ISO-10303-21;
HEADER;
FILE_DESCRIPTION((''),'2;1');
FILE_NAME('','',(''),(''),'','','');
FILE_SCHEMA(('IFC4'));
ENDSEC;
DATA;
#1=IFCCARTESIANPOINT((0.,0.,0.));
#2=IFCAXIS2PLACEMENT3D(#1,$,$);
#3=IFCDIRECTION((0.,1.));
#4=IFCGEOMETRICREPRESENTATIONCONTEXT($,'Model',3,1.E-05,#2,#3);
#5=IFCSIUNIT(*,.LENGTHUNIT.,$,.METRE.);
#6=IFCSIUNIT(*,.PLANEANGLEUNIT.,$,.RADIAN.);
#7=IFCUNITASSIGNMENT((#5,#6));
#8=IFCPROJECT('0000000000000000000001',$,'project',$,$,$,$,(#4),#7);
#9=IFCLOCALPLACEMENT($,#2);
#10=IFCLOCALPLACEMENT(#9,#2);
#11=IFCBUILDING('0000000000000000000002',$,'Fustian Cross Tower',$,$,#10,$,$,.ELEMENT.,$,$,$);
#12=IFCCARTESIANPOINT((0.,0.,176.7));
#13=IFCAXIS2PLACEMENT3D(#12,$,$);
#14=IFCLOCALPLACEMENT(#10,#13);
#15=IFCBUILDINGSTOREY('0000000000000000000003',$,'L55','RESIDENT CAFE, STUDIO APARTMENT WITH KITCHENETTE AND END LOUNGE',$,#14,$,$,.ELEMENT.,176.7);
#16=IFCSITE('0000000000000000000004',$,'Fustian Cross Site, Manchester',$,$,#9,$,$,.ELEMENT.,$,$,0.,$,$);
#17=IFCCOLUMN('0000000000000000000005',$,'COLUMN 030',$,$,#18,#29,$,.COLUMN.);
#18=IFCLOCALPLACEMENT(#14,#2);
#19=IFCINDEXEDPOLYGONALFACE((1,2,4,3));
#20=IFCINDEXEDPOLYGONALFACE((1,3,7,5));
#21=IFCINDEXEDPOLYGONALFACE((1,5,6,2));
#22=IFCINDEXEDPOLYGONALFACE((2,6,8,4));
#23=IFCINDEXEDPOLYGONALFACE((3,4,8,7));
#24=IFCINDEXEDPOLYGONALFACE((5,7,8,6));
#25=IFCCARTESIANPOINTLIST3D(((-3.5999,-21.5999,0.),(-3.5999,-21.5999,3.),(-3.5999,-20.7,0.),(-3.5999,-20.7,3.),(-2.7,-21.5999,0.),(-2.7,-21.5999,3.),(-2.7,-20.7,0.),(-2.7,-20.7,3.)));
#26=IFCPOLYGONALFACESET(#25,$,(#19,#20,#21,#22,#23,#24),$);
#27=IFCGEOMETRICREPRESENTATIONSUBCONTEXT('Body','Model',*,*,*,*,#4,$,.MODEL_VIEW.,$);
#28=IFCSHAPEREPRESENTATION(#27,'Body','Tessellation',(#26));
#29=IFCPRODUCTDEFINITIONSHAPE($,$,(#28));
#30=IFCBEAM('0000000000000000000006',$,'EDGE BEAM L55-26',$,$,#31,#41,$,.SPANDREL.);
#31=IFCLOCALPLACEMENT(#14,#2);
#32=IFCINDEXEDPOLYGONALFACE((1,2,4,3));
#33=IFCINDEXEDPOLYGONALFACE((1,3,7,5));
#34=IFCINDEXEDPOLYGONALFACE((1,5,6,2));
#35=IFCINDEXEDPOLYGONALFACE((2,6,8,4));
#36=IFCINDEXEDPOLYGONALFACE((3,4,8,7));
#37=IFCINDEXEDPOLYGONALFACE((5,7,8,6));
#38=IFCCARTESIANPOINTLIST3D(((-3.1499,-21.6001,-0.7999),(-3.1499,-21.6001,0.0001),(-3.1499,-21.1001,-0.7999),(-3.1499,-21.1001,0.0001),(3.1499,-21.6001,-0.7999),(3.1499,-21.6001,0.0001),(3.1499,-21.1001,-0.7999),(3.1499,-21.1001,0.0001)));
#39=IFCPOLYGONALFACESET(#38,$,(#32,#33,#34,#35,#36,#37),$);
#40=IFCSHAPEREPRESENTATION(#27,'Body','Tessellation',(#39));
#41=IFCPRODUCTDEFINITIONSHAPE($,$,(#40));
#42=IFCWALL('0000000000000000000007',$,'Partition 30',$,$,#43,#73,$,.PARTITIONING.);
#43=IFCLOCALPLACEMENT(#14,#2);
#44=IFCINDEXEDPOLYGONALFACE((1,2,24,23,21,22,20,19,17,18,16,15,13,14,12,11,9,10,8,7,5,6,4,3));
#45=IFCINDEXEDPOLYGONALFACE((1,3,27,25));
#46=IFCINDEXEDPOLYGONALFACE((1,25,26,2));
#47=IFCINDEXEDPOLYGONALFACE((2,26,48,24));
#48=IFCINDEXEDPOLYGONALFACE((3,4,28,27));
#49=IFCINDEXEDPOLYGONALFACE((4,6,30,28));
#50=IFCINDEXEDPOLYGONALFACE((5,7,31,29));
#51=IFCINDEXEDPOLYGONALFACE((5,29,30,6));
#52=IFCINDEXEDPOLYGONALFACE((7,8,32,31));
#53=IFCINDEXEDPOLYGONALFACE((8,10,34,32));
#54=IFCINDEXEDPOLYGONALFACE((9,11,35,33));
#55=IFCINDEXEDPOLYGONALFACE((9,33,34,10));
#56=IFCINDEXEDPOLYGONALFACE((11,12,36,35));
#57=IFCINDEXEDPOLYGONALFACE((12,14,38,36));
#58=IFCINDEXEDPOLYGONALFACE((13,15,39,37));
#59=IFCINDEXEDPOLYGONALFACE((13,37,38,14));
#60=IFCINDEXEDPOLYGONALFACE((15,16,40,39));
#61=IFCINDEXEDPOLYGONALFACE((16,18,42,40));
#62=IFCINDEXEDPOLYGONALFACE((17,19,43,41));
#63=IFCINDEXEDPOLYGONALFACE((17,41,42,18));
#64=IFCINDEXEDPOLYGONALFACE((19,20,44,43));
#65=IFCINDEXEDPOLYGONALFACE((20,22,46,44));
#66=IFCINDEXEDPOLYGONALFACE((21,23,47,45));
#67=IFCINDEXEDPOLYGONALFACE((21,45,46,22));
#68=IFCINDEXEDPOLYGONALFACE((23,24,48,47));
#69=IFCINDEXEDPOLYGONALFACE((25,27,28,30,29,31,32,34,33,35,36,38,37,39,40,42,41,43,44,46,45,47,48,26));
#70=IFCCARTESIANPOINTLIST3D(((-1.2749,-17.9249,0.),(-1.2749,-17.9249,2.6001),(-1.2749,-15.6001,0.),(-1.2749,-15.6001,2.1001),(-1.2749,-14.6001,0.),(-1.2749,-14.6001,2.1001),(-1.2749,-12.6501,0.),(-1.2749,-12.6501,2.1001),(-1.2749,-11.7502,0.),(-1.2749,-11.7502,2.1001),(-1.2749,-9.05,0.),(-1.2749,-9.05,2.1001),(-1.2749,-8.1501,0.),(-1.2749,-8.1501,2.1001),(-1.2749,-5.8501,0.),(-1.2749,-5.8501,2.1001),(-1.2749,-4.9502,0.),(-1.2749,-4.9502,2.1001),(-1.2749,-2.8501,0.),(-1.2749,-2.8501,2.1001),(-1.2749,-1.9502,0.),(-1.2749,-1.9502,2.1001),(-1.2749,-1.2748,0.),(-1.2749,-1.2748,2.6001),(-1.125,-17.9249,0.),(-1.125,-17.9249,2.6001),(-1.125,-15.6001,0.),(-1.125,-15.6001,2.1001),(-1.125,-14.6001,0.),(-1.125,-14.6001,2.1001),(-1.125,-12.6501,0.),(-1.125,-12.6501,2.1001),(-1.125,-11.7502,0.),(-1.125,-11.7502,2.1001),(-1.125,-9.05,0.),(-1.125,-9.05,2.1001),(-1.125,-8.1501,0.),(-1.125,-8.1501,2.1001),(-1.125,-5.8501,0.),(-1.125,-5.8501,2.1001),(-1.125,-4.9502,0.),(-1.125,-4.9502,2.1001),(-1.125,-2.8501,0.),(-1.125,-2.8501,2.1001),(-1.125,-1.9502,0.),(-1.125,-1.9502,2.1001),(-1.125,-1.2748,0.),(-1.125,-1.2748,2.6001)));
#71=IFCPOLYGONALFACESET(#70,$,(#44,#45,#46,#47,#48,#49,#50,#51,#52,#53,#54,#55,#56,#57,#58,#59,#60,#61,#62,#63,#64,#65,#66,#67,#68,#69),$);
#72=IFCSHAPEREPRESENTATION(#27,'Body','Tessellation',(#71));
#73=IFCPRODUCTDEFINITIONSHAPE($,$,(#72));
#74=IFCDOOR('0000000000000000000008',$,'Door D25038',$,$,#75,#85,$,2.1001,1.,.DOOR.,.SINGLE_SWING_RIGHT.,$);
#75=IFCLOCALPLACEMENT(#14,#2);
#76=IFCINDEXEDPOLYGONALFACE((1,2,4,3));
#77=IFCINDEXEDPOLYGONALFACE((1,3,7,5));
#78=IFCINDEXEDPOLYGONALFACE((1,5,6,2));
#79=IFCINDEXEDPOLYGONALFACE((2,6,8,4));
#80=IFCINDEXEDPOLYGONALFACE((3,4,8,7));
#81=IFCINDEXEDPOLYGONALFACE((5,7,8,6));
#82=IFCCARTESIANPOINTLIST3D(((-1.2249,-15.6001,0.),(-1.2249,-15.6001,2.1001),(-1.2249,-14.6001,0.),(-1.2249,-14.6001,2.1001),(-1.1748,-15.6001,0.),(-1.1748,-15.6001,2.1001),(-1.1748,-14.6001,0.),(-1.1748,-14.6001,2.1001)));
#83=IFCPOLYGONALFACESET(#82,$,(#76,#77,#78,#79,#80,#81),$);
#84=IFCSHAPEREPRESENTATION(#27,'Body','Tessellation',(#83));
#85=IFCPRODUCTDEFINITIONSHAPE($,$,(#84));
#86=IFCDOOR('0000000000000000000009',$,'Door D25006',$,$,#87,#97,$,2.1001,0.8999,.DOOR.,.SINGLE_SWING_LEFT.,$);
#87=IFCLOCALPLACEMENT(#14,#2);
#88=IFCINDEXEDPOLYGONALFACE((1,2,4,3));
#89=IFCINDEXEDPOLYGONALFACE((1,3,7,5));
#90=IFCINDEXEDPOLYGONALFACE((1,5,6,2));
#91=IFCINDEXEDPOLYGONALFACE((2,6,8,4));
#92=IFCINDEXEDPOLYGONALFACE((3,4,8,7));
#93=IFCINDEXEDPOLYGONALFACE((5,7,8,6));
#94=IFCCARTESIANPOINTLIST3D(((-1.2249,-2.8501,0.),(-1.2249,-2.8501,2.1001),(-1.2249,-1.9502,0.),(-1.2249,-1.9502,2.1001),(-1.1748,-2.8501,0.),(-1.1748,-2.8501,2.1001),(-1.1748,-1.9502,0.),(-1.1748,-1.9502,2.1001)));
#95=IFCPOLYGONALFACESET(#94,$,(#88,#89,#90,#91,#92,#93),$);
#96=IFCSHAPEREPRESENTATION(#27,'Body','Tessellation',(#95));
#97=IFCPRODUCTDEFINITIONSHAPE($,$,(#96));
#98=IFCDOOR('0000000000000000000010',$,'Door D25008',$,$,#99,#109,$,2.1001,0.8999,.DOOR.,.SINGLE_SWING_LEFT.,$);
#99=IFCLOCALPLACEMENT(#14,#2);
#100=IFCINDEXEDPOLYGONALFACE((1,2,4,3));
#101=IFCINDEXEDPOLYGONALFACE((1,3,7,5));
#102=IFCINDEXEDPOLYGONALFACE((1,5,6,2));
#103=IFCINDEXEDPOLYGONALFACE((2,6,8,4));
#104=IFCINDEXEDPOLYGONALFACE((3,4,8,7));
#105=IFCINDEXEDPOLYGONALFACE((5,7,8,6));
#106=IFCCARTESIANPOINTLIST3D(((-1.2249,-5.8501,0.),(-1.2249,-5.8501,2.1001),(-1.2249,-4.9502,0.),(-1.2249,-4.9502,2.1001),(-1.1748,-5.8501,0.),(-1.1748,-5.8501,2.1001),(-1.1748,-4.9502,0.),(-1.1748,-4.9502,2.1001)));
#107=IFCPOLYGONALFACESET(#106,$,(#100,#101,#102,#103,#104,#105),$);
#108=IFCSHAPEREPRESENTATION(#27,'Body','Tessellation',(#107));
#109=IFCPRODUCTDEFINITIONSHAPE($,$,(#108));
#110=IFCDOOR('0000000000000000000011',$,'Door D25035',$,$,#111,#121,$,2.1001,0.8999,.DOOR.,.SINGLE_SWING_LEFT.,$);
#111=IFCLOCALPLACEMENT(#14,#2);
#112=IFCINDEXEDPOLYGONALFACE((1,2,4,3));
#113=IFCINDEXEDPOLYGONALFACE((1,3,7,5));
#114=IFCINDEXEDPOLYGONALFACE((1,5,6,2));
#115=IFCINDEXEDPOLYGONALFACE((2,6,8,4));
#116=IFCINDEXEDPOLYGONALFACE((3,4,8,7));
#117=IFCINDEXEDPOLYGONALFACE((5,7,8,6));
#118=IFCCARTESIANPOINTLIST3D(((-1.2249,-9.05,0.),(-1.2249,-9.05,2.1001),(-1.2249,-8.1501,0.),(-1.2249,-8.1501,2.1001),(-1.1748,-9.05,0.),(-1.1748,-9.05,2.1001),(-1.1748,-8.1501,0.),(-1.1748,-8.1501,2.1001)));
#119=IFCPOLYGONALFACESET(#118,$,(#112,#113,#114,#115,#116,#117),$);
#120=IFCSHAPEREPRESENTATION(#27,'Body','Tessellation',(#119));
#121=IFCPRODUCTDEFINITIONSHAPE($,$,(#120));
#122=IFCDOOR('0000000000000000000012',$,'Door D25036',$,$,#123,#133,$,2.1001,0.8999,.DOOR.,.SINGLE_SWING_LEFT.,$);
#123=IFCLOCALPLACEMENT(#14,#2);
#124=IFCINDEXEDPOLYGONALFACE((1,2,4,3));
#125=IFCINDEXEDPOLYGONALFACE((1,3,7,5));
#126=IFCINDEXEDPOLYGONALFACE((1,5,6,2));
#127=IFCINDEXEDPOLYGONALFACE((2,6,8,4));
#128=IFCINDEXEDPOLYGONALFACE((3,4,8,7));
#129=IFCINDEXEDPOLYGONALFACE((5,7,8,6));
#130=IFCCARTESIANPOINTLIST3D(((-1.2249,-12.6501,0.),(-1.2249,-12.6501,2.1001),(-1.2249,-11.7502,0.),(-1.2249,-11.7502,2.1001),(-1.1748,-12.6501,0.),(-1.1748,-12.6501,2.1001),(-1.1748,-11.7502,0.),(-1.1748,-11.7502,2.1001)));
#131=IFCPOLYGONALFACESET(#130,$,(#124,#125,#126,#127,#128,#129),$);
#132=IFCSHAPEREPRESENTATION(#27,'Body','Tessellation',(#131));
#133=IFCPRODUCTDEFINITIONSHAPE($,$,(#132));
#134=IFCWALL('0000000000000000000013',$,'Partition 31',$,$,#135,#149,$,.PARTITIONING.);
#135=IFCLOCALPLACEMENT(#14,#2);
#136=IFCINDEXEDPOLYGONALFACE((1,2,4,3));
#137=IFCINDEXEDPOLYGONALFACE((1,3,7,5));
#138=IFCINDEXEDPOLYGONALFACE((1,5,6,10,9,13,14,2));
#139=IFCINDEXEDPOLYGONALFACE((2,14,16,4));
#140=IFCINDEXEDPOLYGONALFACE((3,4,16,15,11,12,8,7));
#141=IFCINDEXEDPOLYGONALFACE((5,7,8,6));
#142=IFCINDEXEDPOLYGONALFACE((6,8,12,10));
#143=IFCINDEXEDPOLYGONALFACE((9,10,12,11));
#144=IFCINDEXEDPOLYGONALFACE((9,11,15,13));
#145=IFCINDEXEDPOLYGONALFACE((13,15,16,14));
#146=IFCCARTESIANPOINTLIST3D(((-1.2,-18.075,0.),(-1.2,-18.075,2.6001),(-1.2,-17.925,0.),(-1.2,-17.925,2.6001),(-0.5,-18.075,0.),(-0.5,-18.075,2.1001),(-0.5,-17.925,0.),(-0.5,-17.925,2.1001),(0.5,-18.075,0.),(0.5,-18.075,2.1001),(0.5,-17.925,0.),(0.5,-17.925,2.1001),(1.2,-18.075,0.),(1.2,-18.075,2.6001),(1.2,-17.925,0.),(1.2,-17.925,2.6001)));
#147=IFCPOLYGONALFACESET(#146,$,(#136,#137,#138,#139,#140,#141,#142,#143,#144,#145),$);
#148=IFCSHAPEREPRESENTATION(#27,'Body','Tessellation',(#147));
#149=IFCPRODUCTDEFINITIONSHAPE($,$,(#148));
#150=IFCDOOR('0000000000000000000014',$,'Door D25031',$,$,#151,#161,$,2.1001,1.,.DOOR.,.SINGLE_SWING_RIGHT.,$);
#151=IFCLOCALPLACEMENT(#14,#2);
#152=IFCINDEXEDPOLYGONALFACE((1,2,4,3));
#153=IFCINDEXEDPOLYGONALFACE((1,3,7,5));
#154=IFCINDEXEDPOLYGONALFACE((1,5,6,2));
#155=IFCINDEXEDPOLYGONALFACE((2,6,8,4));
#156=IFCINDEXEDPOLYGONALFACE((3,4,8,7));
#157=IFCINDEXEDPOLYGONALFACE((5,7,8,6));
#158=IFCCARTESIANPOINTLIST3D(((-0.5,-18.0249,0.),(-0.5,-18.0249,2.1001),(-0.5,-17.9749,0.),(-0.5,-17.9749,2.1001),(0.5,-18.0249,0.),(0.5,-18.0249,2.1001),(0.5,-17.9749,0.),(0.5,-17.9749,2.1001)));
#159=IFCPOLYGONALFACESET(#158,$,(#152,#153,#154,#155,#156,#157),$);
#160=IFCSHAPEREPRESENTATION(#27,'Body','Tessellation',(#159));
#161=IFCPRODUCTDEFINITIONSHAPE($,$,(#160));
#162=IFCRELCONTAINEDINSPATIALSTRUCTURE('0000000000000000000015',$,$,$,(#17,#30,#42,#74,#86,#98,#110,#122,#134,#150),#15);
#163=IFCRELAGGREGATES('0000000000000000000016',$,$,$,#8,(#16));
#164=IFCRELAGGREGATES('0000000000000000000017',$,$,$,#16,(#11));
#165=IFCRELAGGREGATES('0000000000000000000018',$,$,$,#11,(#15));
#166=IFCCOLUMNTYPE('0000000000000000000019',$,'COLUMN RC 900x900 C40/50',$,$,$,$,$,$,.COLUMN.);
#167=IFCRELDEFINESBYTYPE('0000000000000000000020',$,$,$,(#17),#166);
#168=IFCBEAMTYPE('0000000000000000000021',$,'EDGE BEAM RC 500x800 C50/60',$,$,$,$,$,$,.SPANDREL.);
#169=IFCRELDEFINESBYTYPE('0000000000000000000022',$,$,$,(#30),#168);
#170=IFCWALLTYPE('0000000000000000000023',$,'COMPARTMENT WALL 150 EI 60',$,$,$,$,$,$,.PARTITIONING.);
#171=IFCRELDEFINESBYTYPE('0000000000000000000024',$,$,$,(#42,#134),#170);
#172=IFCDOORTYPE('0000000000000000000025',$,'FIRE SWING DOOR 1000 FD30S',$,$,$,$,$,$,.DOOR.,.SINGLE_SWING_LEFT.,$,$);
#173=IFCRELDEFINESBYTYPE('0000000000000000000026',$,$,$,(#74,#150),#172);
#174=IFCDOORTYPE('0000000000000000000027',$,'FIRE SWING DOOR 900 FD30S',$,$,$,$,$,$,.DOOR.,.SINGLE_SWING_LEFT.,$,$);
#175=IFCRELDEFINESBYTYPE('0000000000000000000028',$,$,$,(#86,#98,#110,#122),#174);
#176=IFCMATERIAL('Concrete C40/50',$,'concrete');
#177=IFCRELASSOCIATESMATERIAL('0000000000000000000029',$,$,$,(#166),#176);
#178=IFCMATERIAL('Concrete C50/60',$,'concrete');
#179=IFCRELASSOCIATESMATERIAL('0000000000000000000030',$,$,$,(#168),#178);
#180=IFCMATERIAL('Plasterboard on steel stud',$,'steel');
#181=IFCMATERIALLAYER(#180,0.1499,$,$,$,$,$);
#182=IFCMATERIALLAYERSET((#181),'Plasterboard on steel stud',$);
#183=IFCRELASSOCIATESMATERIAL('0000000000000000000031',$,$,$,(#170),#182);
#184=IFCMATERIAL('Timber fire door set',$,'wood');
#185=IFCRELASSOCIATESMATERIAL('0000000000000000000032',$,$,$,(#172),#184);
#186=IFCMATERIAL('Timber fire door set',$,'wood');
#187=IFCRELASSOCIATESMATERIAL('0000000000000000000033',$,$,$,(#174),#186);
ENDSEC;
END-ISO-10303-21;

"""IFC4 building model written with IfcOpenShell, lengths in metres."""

from ifc_helpers import new_model, si_unit, direction, frame, frame_2d, origin, origin_2d, place, context, subcontext, project, spatial, rectangle, extrude, material, layer, layer_set, material_profile, profile_set, type_object, element, fill, save


model = new_model("IFC4")

# Units and contexts
model_context = context("Model", 3, precision=1e-05, world=origin(), true_north=direction((0.0, 1.0)))
body_context = subcontext(model_context, "Body", "Model", "MODEL_VIEW")
ifc_project = project(units=[si_unit("LENGTHUNIT", "METRE"), si_unit("PLANEANGLEUNIT", "RADIAN")], contexts=[model_context])

# Site, building, storey
site_placement = place(None, origin())
site = spatial("IfcSite", under=ifc_project, at=site_placement, Name="Fustian Cross Site, Manchester", CompositionType="ELEMENT", RefElevation=0.0)
building_placement = place(site_placement, origin())
building = spatial("IfcBuilding", under=site, at=building_placement, Name="Fustian Cross Tower", CompositionType="ELEMENT")
storey_placement = place(building_placement, frame((0.0, 0.0, 176.7)))
storey = spatial("IfcBuildingStorey", under=building, at=storey_placement, Name="L55", Description="RESIDENT CAFE, STUDIO APARTMENT WITH KITCHENETTE AND END LOUNGE", CompositionType="ELEMENT", Elevation=176.7)

# Column
ifc_material_1 = material(Name="Concrete C40/50", Category="concrete")
ifc_material_profile_1 = material_profile(ifc_material_1, rectangle(XDim=0.8999, YDim=0.8999, at=origin_2d()), Name="RC 900x900")
ifc_profile_set_1 = profile_set([ifc_material_profile_1], Name="Concrete C40/50")
column_type = type_object("IfcColumnType", Name="COLUMN RC 900x900 C40/50", PredefinedType="COLUMN", material=ifc_profile_set_1)
column_placement = place(storey_placement, frame((-3.1499, -21.1499, 0.0), z_axis=(0.0, 0.0, 1.0), x_axis=(1.0, 0.0, 0.0)))
element("IfcColumn", 1, at=column_placement, inside=storey, type_object=column_type, Name="COLUMN 030", PredefinedType="COLUMN", context=body_context, shape_type="SweptSolid", body=[
    extrude(rectangle(XDim=0.8999, YDim=0.8999, at=origin_2d()), origin(), (0.0, 0.0, 1.0), 3.0),
])

# Beam
ifc_material_2 = material(Name="Concrete C50/60", Category="concrete")
ifc_material_profile_2 = material_profile(ifc_material_2, rectangle(XDim=0.5, YDim=0.8, at=origin_2d()), Name="RC 500x800")
ifc_profile_set_2 = profile_set([ifc_material_profile_2], Name="Concrete C50/60")
beam_type = type_object("IfcBeamType", Name="EDGE BEAM RC 500x800 C50/60", PredefinedType="SPANDREL", material=ifc_profile_set_2)
beam_placement = place(storey_placement, frame((-3.1499, -21.3501, -0.3999), z_axis=(1.0, 0.0, 0.0), x_axis=(0.0, 1.0, 0.0)))
element("IfcBeam", 2, at=beam_placement, inside=storey, type_object=beam_type, Name="EDGE BEAM L55-26", PredefinedType="SPANDREL", context=body_context, shape_type="SweptSolid", body=[
    extrude(rectangle(XDim=0.5, YDim=0.8, at=origin_2d()), origin(), (0.0, 0.0, 1.0), 6.2998),
])

# Wall, openings, doors
ifc_material_3 = material(Name="Plasterboard on steel stud", Category="steel")
ifc_layer_1 = layer(ifc_material_3, 0.1499)
ifc_layer_set_1 = layer_set([ifc_layer_1], Name="Plasterboard on steel stud")
wall_type_1 = type_object("IfcWallType", Name="COMPARTMENT WALL 150 EI 60", PredefinedType="PARTITIONING", material=ifc_layer_set_1)
wall_1_placement = place(storey_placement, frame((-1.2, -17.925, 0.0), z_axis=(0.0, 0.0, 1.0), x_axis=(0.0, 1.0, 0.0)))
wall_1 = element("IfcWall", 3, at=wall_1_placement, inside=storey, type_object=wall_type_1, Name="Partition 30", PredefinedType="PARTITIONING", context=body_context, shape_type="SweptSolid", body=[
    extrude(rectangle(XDim=16.6501, YDim=0.1499, at=frame_2d((8.3252, 0.0))), origin(), (0.0, 0.0, 1.0), 2.6001),
])
opening_1_placement = place(wall_1_placement, frame((15.075, 0.0, 0.0)))
opening_1 = element("IfcOpeningElement", 4, at=opening_1_placement, cuts=wall_1, PredefinedType="OPENING", context=body_context, shape_type="SweptSolid", body=[
    extrude(rectangle(XDim=0.8999, YDim=2.1001, at=frame_2d((0.45, 1.05))), frame((0.0, 0.085, 0.0), z_axis=(0.0, -1.0, 0.0), x_axis=(1.0, 0.0, 0.0)), (0.0, 0.0, 1.0), 0.1699),
])
opening_2_placement = place(wall_1_placement, frame((12.075, 0.0, 0.0)))
opening_2 = element("IfcOpeningElement", 5, at=opening_2_placement, cuts=wall_1, PredefinedType="OPENING", context=body_context, shape_type="SweptSolid", body=[
    extrude(rectangle(XDim=0.8999, YDim=2.1001, at=frame_2d((0.45, 1.05))), frame((0.0, 0.085, 0.0), z_axis=(0.0, -1.0, 0.0), x_axis=(1.0, 0.0, 0.0)), (0.0, 0.0, 1.0), 0.1699),
])
opening_3_placement = place(wall_1_placement, frame((8.875, 0.0, 0.0)))
opening_3 = element("IfcOpeningElement", 6, at=opening_3_placement, cuts=wall_1, PredefinedType="OPENING", context=body_context, shape_type="SweptSolid", body=[
    extrude(rectangle(XDim=0.8999, YDim=2.1001, at=frame_2d((0.45, 1.05))), frame((0.0, 0.085, 0.0), z_axis=(0.0, -1.0, 0.0), x_axis=(1.0, 0.0, 0.0)), (0.0, 0.0, 1.0), 0.1699),
])
opening_4_placement = place(wall_1_placement, frame((5.2749, 0.0, 0.0)))
opening_4 = element("IfcOpeningElement", 7, at=opening_4_placement, cuts=wall_1, PredefinedType="OPENING", context=body_context, shape_type="SweptSolid", body=[
    extrude(rectangle(XDim=0.8999, YDim=2.1001, at=frame_2d((0.45, 1.05))), frame((0.0, 0.085, 0.0), z_axis=(0.0, -1.0, 0.0), x_axis=(1.0, 0.0, 0.0)), (0.0, 0.0, 1.0), 0.1699),
])
opening_5_placement = place(wall_1_placement, frame((2.325, 0.0, 0.0)))
opening_5 = element("IfcOpeningElement", 8, at=opening_5_placement, cuts=wall_1, PredefinedType="OPENING", context=body_context, shape_type="SweptSolid", body=[
    extrude(rectangle(XDim=1.0, YDim=2.1001, at=frame_2d((0.5, 1.05))), frame((0.0, 0.085, 0.0), z_axis=(0.0, -1.0, 0.0), x_axis=(1.0, 0.0, 0.0)), (0.0, 0.0, 1.0), 0.1699),
])
ifc_material_4 = material(Name="Timber fire door set", Category="wood")
door_type_1 = type_object("IfcDoorType", Name="FIRE SWING DOOR 1000 FD30S", OperationType="SINGLE_SWING_LEFT", PredefinedType="DOOR", material=ifc_material_4)
door_1_placement = place(opening_5_placement, origin())
door_1 = element("IfcDoor", 9, at=door_1_placement, inside=storey, type_object=door_type_1, Name="Door D25038", OperationType="SINGLE_SWING_RIGHT", OverallHeight=2.1001, OverallWidth=1.0, PredefinedType="DOOR", context=body_context, shape_type="SweptSolid", body=[
    extrude(rectangle(XDim=1.0, YDim=2.1001, at=frame_2d((0.5, 1.05))), frame((0.0, 0.0249, 0.0), z_axis=(0.0, -1.0, 0.0), x_axis=(1.0, 0.0, 0.0)), (0.0, 0.0, 1.0), 0.05),
])
fill(opening_5, door_1)
ifc_material_5 = material(Name="Timber fire door set", Category="wood")
door_type_2 = type_object("IfcDoorType", Name="FIRE SWING DOOR 900 FD30S", OperationType="SINGLE_SWING_LEFT", PredefinedType="DOOR", material=ifc_material_5)
door_2_placement = place(opening_1_placement, origin())
door_2 = element("IfcDoor", 10, at=door_2_placement, inside=storey, type_object=door_type_2, Name="Door D25006", OperationType="SINGLE_SWING_LEFT", OverallHeight=2.1001, OverallWidth=0.8999, PredefinedType="DOOR", context=body_context, shape_type="SweptSolid", body=[
    extrude(rectangle(XDim=0.8999, YDim=2.1001, at=frame_2d((0.45, 1.05))), frame((0.0, 0.0249, 0.0), z_axis=(0.0, -1.0, 0.0), x_axis=(1.0, 0.0, 0.0)), (0.0, 0.0, 1.0), 0.05),
])
fill(opening_1, door_2)
door_3_placement = place(opening_2_placement, origin())
door_3 = element("IfcDoor", 11, at=door_3_placement, inside=storey, type_object=door_type_2, Name="Door D25008", OperationType="SINGLE_SWING_LEFT", OverallHeight=2.1001, OverallWidth=0.8999, PredefinedType="DOOR", context=body_context, shape_type="SweptSolid", body=[
    extrude(rectangle(XDim=0.8999, YDim=2.1001, at=frame_2d((0.45, 1.05))), frame((0.0, 0.0249, 0.0), z_axis=(0.0, -1.0, 0.0), x_axis=(1.0, 0.0, 0.0)), (0.0, 0.0, 1.0), 0.05),
])
fill(opening_2, door_3)
door_4_placement = place(opening_3_placement, origin())
door_4 = element("IfcDoor", 12, at=door_4_placement, inside=storey, type_object=door_type_2, Name="Door D25035", OperationType="SINGLE_SWING_LEFT", OverallHeight=2.1001, OverallWidth=0.8999, PredefinedType="DOOR", context=body_context, shape_type="SweptSolid", body=[
    extrude(rectangle(XDim=0.8999, YDim=2.1001, at=frame_2d((0.45, 1.05))), frame((0.0, 0.0249, 0.0), z_axis=(0.0, -1.0, 0.0), x_axis=(1.0, 0.0, 0.0)), (0.0, 0.0, 1.0), 0.05),
])
fill(opening_3, door_4)
door_5_placement = place(opening_4_placement, origin())
door_5 = element("IfcDoor", 13, at=door_5_placement, inside=storey, type_object=door_type_2, Name="Door D25036", OperationType="SINGLE_SWING_LEFT", OverallHeight=2.1001, OverallWidth=0.8999, PredefinedType="DOOR", context=body_context, shape_type="SweptSolid", body=[
    extrude(rectangle(XDim=0.8999, YDim=2.1001, at=frame_2d((0.45, 1.05))), frame((0.0, 0.0249, 0.0), z_axis=(0.0, -1.0, 0.0), x_axis=(1.0, 0.0, 0.0)), (0.0, 0.0, 1.0), 0.05),
])
fill(opening_4, door_5)

# Wall, opening, door
wall_2_placement = place(storey_placement, frame((-1.2, -18.0, 0.0), z_axis=(0.0, 0.0, 1.0), x_axis=(1.0, 0.0, 0.0)))
wall_2 = element("IfcWall", 14, at=wall_2_placement, inside=storey, type_object=wall_type_1, Name="Partition 31", PredefinedType="PARTITIONING", context=body_context, shape_type="SweptSolid", body=[
    extrude(rectangle(XDim=2.3999, YDim=0.1499, at=frame_2d((1.2, 0.0))), origin(), (0.0, 0.0, 1.0), 2.6001),
])
opening_6_placement = place(wall_2_placement, frame((0.7, 0.0, 0.0)))
opening_6 = element("IfcOpeningElement", 15, at=opening_6_placement, cuts=wall_2, PredefinedType="OPENING", context=body_context, shape_type="SweptSolid", body=[
    extrude(rectangle(XDim=1.0, YDim=2.1001, at=frame_2d((0.5, 1.05))), frame((0.0, 0.085, 0.0), z_axis=(0.0, -1.0, 0.0), x_axis=(1.0, 0.0, 0.0)), (0.0, 0.0, 1.0), 0.1699),
])
door_6_placement = place(opening_6_placement, frame((1.0, 0.0, 0.0), z_axis=(0.0, 0.0, 1.0), x_axis=(-1.0, 0.0, 0.0)))
door_6 = element("IfcDoor", 16, at=door_6_placement, inside=storey, type_object=door_type_1, Name="Door D25031", OperationType="SINGLE_SWING_RIGHT", OverallHeight=2.1001, OverallWidth=1.0, PredefinedType="DOOR", context=body_context, shape_type="SweptSolid", body=[
    extrude(rectangle(XDim=1.0, YDim=2.1001, at=frame_2d((0.5, 1.05))), frame((0.0, 0.0249, 0.0), z_axis=(0.0, -1.0, 0.0), x_axis=(1.0, 0.0, 0.0)), (0.0, 0.0, 1.0), 0.05),
])
fill(opening_6, door_6)

save(model, "model.ifc")
